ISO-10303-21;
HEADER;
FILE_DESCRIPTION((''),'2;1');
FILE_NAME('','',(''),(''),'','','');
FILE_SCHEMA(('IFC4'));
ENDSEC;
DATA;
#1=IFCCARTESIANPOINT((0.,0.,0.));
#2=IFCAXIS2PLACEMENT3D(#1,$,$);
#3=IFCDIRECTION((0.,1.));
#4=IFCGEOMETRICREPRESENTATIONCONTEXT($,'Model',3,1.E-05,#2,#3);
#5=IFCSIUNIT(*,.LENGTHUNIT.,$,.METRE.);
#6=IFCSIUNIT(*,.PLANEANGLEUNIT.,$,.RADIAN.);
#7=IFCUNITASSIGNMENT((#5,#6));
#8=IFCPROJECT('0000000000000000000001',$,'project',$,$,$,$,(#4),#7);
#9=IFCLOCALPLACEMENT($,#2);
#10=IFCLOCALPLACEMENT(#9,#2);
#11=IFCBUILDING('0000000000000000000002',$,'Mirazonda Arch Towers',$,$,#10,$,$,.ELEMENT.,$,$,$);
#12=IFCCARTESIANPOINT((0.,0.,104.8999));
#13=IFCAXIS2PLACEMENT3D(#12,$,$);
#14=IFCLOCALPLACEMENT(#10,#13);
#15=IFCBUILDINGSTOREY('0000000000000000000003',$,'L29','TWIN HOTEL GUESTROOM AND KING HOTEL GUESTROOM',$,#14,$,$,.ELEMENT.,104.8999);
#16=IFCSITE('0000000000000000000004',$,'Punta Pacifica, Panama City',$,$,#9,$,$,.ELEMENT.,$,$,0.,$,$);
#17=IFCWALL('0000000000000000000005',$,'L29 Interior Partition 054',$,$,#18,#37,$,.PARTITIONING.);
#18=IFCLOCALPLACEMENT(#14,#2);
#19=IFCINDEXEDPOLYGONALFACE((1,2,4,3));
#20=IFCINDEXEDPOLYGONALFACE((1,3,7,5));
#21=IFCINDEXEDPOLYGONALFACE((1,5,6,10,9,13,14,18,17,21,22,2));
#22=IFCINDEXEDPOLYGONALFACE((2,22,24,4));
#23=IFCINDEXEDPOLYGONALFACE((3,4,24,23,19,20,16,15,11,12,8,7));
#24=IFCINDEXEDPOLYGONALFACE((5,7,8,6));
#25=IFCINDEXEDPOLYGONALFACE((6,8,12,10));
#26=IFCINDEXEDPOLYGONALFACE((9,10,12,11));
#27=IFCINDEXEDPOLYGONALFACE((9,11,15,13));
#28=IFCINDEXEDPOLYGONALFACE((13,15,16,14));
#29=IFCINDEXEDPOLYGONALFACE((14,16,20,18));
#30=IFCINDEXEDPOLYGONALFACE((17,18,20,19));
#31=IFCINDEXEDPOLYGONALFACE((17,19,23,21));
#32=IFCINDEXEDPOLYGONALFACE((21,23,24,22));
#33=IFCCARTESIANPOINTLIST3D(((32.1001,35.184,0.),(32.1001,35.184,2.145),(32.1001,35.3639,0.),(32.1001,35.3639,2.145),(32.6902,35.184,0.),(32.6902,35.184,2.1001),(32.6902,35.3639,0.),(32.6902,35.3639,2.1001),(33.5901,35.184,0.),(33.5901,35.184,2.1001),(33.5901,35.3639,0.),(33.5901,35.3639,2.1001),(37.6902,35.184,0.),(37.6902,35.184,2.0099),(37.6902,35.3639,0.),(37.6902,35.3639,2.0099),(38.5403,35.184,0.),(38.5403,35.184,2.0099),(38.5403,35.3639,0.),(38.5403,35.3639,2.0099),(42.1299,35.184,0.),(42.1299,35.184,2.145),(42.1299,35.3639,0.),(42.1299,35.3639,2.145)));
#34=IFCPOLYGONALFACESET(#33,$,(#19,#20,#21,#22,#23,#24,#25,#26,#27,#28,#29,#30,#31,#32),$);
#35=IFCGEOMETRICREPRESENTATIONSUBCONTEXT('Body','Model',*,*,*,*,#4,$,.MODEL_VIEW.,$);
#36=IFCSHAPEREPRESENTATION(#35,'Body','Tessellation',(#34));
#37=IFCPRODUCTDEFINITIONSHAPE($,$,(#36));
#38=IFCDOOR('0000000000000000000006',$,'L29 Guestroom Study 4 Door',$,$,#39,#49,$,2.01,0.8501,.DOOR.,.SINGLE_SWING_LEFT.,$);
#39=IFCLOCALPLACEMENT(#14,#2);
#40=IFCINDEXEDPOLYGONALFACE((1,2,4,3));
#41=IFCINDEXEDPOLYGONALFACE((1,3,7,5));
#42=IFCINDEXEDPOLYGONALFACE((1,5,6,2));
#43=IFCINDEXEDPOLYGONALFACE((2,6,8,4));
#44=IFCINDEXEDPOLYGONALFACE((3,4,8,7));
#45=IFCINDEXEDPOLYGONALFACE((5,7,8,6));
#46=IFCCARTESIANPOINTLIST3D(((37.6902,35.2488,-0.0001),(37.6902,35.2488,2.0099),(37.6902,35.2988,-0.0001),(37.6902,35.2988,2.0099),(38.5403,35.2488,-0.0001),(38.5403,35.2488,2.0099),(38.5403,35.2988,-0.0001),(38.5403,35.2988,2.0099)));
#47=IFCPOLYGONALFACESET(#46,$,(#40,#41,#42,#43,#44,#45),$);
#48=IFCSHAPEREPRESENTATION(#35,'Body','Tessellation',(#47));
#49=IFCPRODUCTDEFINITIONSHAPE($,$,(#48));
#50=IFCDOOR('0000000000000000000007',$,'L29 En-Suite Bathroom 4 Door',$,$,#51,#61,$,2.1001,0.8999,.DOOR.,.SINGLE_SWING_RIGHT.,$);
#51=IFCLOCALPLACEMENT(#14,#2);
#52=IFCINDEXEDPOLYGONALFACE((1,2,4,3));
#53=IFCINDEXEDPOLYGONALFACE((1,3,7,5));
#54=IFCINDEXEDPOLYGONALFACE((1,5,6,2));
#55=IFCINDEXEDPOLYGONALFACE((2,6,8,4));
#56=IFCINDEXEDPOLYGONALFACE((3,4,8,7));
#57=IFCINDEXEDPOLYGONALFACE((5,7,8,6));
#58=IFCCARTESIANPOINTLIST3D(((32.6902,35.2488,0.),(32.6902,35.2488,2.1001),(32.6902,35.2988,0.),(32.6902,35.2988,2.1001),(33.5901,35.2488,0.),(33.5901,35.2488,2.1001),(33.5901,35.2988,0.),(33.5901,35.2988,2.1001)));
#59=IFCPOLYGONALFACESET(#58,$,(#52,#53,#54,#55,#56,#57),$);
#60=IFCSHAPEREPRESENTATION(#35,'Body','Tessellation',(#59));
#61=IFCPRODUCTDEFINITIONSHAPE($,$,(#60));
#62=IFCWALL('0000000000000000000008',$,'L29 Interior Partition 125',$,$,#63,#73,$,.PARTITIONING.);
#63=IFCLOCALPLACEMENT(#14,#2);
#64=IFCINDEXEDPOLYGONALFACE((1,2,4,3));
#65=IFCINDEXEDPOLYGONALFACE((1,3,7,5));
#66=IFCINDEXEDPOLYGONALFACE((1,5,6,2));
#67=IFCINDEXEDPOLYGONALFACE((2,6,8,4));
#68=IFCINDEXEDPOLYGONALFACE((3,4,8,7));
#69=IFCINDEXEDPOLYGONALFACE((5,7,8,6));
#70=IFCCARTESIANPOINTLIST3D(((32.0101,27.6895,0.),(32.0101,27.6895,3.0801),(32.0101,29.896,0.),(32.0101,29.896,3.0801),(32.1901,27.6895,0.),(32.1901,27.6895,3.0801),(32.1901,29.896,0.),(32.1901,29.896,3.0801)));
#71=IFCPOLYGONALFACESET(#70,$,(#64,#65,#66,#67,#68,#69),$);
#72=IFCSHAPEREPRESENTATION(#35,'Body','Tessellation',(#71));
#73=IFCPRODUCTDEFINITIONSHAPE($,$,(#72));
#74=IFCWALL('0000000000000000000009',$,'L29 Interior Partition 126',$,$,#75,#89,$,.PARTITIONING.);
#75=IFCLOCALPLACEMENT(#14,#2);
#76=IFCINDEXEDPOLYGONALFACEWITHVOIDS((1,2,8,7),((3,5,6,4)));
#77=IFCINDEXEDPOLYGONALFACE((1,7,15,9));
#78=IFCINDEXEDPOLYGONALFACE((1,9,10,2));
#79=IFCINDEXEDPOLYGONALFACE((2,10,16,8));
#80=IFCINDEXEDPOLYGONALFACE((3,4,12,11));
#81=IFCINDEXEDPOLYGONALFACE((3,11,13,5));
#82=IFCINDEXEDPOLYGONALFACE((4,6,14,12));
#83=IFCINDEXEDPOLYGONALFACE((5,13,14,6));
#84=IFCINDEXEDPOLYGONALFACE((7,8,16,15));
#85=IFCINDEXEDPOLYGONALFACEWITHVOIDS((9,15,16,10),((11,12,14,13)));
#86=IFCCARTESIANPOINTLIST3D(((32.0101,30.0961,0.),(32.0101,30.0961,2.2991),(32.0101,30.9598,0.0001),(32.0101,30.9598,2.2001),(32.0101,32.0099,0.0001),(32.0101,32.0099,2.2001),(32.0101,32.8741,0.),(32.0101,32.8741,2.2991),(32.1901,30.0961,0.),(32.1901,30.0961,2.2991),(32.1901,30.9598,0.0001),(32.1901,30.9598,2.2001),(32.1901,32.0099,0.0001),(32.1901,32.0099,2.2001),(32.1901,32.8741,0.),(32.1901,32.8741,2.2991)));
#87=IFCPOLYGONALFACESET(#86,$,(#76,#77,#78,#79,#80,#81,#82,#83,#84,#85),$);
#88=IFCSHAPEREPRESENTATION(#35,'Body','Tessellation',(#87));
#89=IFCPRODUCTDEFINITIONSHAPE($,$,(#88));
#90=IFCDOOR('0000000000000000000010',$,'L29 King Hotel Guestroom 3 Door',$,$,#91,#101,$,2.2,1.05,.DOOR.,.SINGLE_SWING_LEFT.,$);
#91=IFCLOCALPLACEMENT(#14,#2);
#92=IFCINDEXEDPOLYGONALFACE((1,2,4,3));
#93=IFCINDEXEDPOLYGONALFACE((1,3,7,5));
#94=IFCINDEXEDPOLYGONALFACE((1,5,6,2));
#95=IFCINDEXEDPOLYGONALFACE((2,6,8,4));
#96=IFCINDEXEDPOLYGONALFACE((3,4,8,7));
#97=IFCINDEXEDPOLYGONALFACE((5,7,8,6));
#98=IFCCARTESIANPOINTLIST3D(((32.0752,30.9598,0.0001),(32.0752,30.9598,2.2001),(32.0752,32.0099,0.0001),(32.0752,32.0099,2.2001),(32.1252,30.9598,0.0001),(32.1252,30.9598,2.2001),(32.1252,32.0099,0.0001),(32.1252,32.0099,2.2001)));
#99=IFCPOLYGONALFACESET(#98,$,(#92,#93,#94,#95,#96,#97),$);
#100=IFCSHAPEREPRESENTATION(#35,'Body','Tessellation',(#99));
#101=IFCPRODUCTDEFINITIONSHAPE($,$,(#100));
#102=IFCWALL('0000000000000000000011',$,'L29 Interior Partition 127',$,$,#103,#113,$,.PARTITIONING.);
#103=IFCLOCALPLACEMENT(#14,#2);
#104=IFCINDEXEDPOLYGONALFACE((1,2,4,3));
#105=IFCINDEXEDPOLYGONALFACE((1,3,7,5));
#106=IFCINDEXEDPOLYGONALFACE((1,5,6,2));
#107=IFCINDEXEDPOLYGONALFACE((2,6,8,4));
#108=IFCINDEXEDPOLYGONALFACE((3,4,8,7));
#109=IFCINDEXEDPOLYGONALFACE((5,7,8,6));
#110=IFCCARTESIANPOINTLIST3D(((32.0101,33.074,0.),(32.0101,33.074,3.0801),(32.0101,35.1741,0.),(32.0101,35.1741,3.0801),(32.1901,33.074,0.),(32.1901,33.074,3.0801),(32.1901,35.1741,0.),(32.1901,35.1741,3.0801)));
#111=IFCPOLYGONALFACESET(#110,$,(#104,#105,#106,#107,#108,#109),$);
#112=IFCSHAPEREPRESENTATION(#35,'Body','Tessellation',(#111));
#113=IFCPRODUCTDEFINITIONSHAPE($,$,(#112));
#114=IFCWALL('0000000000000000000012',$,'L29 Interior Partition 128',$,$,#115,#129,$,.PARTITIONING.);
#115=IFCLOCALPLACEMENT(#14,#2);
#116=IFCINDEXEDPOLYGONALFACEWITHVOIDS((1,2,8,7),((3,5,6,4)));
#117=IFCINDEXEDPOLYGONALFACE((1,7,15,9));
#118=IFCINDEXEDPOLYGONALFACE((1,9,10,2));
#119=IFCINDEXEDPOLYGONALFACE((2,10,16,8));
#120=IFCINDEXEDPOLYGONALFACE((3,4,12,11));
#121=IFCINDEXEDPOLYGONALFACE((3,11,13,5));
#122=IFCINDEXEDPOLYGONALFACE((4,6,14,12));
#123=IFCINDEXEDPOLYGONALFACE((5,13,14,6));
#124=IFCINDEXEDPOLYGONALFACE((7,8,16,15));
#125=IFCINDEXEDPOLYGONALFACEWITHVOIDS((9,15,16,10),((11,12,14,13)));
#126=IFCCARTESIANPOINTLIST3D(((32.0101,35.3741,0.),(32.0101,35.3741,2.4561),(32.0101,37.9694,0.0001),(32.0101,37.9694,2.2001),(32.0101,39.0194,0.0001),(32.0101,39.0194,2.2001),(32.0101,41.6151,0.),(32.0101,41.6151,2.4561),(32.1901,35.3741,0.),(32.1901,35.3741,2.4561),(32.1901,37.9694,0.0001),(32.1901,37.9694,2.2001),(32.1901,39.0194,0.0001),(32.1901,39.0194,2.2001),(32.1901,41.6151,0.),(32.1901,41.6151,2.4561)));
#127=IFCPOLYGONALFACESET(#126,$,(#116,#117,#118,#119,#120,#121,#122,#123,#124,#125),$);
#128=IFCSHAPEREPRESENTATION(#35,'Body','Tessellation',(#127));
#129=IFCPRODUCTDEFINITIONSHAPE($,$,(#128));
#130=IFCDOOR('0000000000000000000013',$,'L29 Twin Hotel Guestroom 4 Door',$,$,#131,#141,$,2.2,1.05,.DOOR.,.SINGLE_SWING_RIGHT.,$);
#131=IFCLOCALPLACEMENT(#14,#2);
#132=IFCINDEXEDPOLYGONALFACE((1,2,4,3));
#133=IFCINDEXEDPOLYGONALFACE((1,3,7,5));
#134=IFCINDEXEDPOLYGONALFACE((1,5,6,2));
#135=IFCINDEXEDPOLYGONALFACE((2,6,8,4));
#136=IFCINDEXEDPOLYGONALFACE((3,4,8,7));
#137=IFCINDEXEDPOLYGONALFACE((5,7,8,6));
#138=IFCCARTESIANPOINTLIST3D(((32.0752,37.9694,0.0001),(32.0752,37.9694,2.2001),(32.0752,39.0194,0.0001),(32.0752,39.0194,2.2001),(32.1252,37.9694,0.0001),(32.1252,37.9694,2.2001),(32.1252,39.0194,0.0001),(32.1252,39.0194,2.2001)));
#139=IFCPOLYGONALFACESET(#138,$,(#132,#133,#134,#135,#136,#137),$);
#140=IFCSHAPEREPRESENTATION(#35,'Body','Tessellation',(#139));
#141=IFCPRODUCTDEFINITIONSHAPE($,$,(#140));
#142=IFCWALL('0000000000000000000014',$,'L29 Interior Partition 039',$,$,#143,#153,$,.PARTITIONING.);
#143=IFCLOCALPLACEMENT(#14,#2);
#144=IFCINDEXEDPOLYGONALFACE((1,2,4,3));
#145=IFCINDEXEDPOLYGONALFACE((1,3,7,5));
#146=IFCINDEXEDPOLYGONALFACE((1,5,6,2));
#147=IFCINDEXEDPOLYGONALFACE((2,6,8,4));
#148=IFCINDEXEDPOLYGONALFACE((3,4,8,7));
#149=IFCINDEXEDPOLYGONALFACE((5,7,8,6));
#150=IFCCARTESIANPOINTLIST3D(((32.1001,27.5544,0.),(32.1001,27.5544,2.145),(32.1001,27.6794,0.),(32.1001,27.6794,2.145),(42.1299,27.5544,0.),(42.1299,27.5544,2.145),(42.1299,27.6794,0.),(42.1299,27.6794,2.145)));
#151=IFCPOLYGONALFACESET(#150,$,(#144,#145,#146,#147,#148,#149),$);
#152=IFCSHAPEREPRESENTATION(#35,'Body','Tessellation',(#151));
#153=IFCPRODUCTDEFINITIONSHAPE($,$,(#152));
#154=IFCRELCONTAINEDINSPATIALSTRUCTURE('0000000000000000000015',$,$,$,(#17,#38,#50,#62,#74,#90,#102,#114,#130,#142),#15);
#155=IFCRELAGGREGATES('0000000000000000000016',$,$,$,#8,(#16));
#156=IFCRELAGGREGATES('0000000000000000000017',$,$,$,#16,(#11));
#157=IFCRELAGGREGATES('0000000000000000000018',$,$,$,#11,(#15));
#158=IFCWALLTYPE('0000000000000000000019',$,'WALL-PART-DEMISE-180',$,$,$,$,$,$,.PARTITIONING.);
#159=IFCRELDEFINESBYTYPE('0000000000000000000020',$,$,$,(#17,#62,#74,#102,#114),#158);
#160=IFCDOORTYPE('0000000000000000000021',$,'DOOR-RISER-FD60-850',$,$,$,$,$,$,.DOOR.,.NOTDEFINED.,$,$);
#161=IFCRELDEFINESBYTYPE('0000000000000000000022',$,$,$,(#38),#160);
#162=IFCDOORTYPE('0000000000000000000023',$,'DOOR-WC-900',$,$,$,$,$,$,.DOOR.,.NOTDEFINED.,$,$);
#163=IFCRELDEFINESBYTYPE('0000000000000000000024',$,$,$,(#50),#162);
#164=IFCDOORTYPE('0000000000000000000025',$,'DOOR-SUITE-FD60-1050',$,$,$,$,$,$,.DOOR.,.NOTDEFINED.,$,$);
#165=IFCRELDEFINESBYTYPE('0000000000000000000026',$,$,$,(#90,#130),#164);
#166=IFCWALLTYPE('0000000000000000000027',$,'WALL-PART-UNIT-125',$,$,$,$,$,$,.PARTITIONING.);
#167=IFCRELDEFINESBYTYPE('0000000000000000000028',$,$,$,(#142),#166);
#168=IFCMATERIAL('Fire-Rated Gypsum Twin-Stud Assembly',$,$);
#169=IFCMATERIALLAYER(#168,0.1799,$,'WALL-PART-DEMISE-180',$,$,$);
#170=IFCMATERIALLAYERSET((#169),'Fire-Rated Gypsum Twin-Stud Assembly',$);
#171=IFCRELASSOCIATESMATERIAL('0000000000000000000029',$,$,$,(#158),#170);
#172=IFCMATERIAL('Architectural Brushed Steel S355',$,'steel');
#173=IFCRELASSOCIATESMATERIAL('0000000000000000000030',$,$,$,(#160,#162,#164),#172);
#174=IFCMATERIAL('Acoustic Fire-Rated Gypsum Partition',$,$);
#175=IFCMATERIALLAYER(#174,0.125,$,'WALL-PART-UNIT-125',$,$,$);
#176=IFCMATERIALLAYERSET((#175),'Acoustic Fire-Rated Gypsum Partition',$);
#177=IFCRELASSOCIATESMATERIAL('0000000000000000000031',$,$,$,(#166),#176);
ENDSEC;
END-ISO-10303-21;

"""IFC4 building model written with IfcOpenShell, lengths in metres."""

from ifc_helpers import new_model, si_unit, direction, frame, frame_2d, origin, place, context, subcontext, project, spatial, rectangle, extrude, material, layer, layer_set, type_object, element, fill, save


model = new_model("IFC4")

# Units and contexts
model_context = context("Model", 3, precision=1e-05, world=origin(), true_north=direction((0.0, 1.0)))
body_context = subcontext(model_context, "Body", "Model", "MODEL_VIEW")
ifc_project = project(units=[si_unit("LENGTHUNIT", "METRE"), si_unit("PLANEANGLEUNIT", "RADIAN")], contexts=[model_context])

# Site, building, storey
site_placement = place(None, origin())
site = spatial("IfcSite", under=ifc_project, at=site_placement, Name="Punta Pacifica, Panama City", CompositionType="ELEMENT", RefElevation=0.0)
building_placement = place(site_placement, origin())
building = spatial("IfcBuilding", under=site, at=building_placement, Name="Mirazonda Arch Towers", CompositionType="ELEMENT")
storey_placement = place(building_placement, frame((0.0, 0.0, 104.8999)))
storey = spatial("IfcBuildingStorey", under=building, at=storey_placement, Name="L29", Description="TWIN HOTEL GUESTROOM AND KING HOTEL GUESTROOM", CompositionType="ELEMENT", Elevation=104.8999)

# Shared definitions
ifc_material_1 = material(Name="Fire-Rated Gypsum Twin-Stud Assembly")
ifc_layer_1 = layer(ifc_material_1, 0.1799, Name="WALL-PART-DEMISE-180")
ifc_layer_set_1 = layer_set([ifc_layer_1], Name="Fire-Rated Gypsum Twin-Stud Assembly")
wall_type_1 = type_object("IfcWallType", Name="WALL-PART-DEMISE-180", PredefinedType="PARTITIONING", material=ifc_layer_set_1)
ifc_material_2 = material(Name="Architectural Brushed Steel S355", Category="steel")
door_type_1 = type_object("IfcDoorType", Name="DOOR-RISER-FD60-850", OperationType="NOTDEFINED", PredefinedType="DOOR", material=ifc_material_2)
door_type_2 = type_object("IfcDoorType", Name="DOOR-WC-900", OperationType="NOTDEFINED", PredefinedType="DOOR", material=ifc_material_2)

# Wall, openings, doors
wall_1_placement = place(storey_placement, frame((32.1001, 35.2739, 0.0), z_axis=(0.0, 0.0, 1.0), x_axis=(1.0, 0.0, 0.0)))
wall_1 = element("IfcWall", 1, at=wall_1_placement, inside=storey, type_object=wall_type_1, Name="L29 Interior Partition 054", PredefinedType="PARTITIONING", context=body_context, shape_type="SweptSolid", body=[
    extrude(rectangle(XDim=10.0298, YDim=0.1799, at=frame_2d((5.0149, 0.0))), origin(), (0.0, 0.0, 1.0), 2.145),
])
opening_1_placement = place(wall_1_placement, frame((5.5901, 0.0, 0.0)))
opening_1 = element("IfcOpeningElement", 2, at=opening_1_placement, cuts=wall_1, PredefinedType="OPENING", context=body_context, shape_type="SweptSolid", body=[
    extrude(rectangle(XDim=0.8501, YDim=2.01, at=frame_2d((0.425, 1.0049))), frame((0.0, 0.0999, 0.0), z_axis=(0.0, -1.0, 0.0), x_axis=(1.0, 0.0, 0.0)), (0.0, 0.0, 1.0), 0.2),
])
opening_2_placement = place(wall_1_placement, frame((0.5901, 0.0, 0.0)))
opening_2 = element("IfcOpeningElement", 3, at=opening_2_placement, cuts=wall_1, PredefinedType="OPENING", context=body_context, shape_type="SweptSolid", body=[
    extrude(rectangle(XDim=0.8999, YDim=2.1001, at=frame_2d((0.45, 1.05))), frame((0.0, 0.0999, 0.0), z_axis=(0.0, -1.0, 0.0), x_axis=(1.0, 0.0, 0.0)), (0.0, 0.0, 1.0), 0.2),
])
door_1_placement = place(opening_1_placement, origin())
door_1 = element("IfcDoor", 4, at=door_1_placement, inside=storey, type_object=door_type_1, Name="L29 Guestroom Study 4 Door", OperationType="SINGLE_SWING_LEFT", OverallHeight=2.01, OverallWidth=0.8501, PredefinedType="DOOR", context=body_context, shape_type="SweptSolid", body=[
    extrude(rectangle(XDim=0.8501, YDim=2.01, at=frame_2d((0.425, 1.0049))), frame((0.0, 0.0249, 0.0), z_axis=(0.0, -1.0, 0.0), x_axis=(1.0, 0.0, 0.0)), (0.0, 0.0, 1.0), 0.05),
])
fill(opening_1, door_1)
door_2_placement = place(opening_2_placement, origin())
door_2 = element("IfcDoor", 5, at=door_2_placement, inside=storey, type_object=door_type_2, Name="L29 En-Suite Bathroom 4 Door", OperationType="SINGLE_SWING_RIGHT", OverallHeight=2.1001, OverallWidth=0.8999, PredefinedType="DOOR", context=body_context, shape_type="SweptSolid", body=[
    extrude(rectangle(XDim=0.8999, YDim=2.1001, at=frame_2d((0.45, 1.05))), frame((0.0, 0.0249, 0.0), z_axis=(0.0, -1.0, 0.0), x_axis=(1.0, 0.0, 0.0)), (0.0, 0.0, 1.0), 0.05),
])
fill(opening_2, door_2)

# Wall
wall_2_placement = place(storey_placement, frame((32.1001, 27.6895, 0.0), z_axis=(0.0, 0.0, 1.0), x_axis=(0.0, 1.0, 0.0)))
element("IfcWall", 6, at=wall_2_placement, inside=storey, type_object=wall_type_1, Name="L29 Interior Partition 125", PredefinedType="PARTITIONING", context=body_context, shape_type="SweptSolid", body=[
    extrude(rectangle(XDim=2.2065, YDim=0.1799, at=frame_2d((1.1033, 0.0))), origin(), (0.0, 0.0, 1.0), 3.0801),
])

# Wall, opening, door
wall_3_placement = place(storey_placement, frame((32.1001, 30.0959, 0.0), z_axis=(0.0, 0.0, 1.0), x_axis=(0.0, 1.0, 0.0)))
wall_3 = element("IfcWall", 7, at=wall_3_placement, inside=storey, type_object=wall_type_1, Name="L29 Interior Partition 126", PredefinedType="PARTITIONING", context=body_context, shape_type="SweptSolid", body=[
    extrude(rectangle(XDim=2.7781, YDim=0.1799, at=frame_2d((1.3892, 0.0))), origin(), (0.0, 0.0, 1.0), 2.2991),
])
opening_3_placement = place(wall_3_placement, frame((0.864, 0.0, 0.0)))
opening_3 = element("IfcOpeningElement", 8, at=opening_3_placement, cuts=wall_3, PredefinedType="OPENING", context=body_context, shape_type="SweptSolid", body=[
    extrude(rectangle(XDim=1.05, YDim=2.2, at=frame_2d((0.5249, 1.1001))), frame((0.0, 0.0999, 0.0), z_axis=(0.0, -1.0, 0.0), x_axis=(1.0, 0.0, 0.0)), (0.0, 0.0, 1.0), 0.2),
])
door_type_3 = type_object("IfcDoorType", Name="DOOR-SUITE-FD60-1050", OperationType="NOTDEFINED", PredefinedType="DOOR", material=ifc_material_2)
door_3_placement = place(opening_3_placement, origin())
door_3 = element("IfcDoor", 9, at=door_3_placement, inside=storey, type_object=door_type_3, Name="L29 King Hotel Guestroom 3 Door", OperationType="SINGLE_SWING_LEFT", OverallHeight=2.2, OverallWidth=1.05, PredefinedType="DOOR", context=body_context, shape_type="SweptSolid", body=[
    extrude(rectangle(XDim=1.05, YDim=2.2, at=frame_2d((0.5249, 1.1001))), frame((0.0, 0.0249, 0.0), z_axis=(0.0, -1.0, 0.0), x_axis=(1.0, 0.0, 0.0)), (0.0, 0.0, 1.0), 0.05),
])
fill(opening_3, door_3)

# Wall
wall_4_placement = place(storey_placement, frame((32.1001, 33.074, 0.0), z_axis=(0.0, 0.0, 1.0), x_axis=(0.0, 1.0, 0.0)))
element("IfcWall", 10, at=wall_4_placement, inside=storey, type_object=wall_type_1, Name="L29 Interior Partition 127", PredefinedType="PARTITIONING", context=body_context, shape_type="SweptSolid", body=[
    extrude(rectangle(XDim=2.1001, YDim=0.1799, at=frame_2d((1.05, 0.0))), origin(), (0.0, 0.0, 1.0), 3.0801),
])

# Wall, opening, door
wall_5_placement = place(storey_placement, frame((32.1001, 35.374, 0.0), z_axis=(0.0, 0.0, 1.0), x_axis=(0.0, 1.0, 0.0)))
wall_5 = element("IfcWall", 11, at=wall_5_placement, inside=storey, type_object=wall_type_1, Name="L29 Interior Partition 128", PredefinedType="PARTITIONING", context=body_context, shape_type="SweptSolid", body=[
    extrude(rectangle(XDim=6.241, YDim=0.1799, at=frame_2d((3.1206, 0.0))), origin(), (0.0, 0.0, 1.0), 2.4561),
])
opening_4_placement = place(wall_5_placement, frame((2.5955, 0.0, 0.0)))
opening_4 = element("IfcOpeningElement", 12, at=opening_4_placement, cuts=wall_5, PredefinedType="OPENING", context=body_context, shape_type="SweptSolid", body=[
    extrude(rectangle(XDim=1.05, YDim=2.2, at=frame_2d((0.5249, 1.1001))), frame((0.0, 0.0999, 0.0), z_axis=(0.0, -1.0, 0.0), x_axis=(1.0, 0.0, 0.0)), (0.0, 0.0, 1.0), 0.2),
])
door_4_placement = place(opening_4_placement, origin())
door_4 = element("IfcDoor", 13, at=door_4_placement, inside=storey, type_object=door_type_3, Name="L29 Twin Hotel Guestroom 4 Door", OperationType="SINGLE_SWING_RIGHT", OverallHeight=2.2, OverallWidth=1.05, PredefinedType="DOOR", context=body_context, shape_type="SweptSolid", body=[
    extrude(rectangle(XDim=1.05, YDim=2.2, at=frame_2d((0.5249, 1.1001))), frame((0.0, 0.0249, 0.0), z_axis=(0.0, -1.0, 0.0), x_axis=(1.0, 0.0, 0.0)), (0.0, 0.0, 1.0), 0.05),
])
fill(opening_4, door_4)

# Wall
ifc_material_3 = material(Name="Acoustic Fire-Rated Gypsum Partition")
ifc_layer_2 = layer(ifc_material_3, 0.125, Name="WALL-PART-UNIT-125")
ifc_layer_set_2 = layer_set([ifc_layer_2], Name="Acoustic Fire-Rated Gypsum Partition")
wall_type_2 = type_object("IfcWallType", Name="WALL-PART-UNIT-125", PredefinedType="PARTITIONING", material=ifc_layer_set_2)
wall_6_placement = place(storey_placement, frame((32.1001, 27.6169, 0.0), z_axis=(0.0, 0.0, 1.0), x_axis=(1.0, 0.0, 0.0)))
element("IfcWall", 14, at=wall_6_placement, inside=storey, type_object=wall_type_2, Name="L29 Interior Partition 039", PredefinedType="PARTITIONING", context=body_context, shape_type="SweptSolid", body=[
    extrude(rectangle(XDim=10.0298, YDim=0.125, at=frame_2d((5.0149, 0.0))), origin(), (0.0, 0.0, 1.0), 2.145),
])

save(model, "model.ifc")
